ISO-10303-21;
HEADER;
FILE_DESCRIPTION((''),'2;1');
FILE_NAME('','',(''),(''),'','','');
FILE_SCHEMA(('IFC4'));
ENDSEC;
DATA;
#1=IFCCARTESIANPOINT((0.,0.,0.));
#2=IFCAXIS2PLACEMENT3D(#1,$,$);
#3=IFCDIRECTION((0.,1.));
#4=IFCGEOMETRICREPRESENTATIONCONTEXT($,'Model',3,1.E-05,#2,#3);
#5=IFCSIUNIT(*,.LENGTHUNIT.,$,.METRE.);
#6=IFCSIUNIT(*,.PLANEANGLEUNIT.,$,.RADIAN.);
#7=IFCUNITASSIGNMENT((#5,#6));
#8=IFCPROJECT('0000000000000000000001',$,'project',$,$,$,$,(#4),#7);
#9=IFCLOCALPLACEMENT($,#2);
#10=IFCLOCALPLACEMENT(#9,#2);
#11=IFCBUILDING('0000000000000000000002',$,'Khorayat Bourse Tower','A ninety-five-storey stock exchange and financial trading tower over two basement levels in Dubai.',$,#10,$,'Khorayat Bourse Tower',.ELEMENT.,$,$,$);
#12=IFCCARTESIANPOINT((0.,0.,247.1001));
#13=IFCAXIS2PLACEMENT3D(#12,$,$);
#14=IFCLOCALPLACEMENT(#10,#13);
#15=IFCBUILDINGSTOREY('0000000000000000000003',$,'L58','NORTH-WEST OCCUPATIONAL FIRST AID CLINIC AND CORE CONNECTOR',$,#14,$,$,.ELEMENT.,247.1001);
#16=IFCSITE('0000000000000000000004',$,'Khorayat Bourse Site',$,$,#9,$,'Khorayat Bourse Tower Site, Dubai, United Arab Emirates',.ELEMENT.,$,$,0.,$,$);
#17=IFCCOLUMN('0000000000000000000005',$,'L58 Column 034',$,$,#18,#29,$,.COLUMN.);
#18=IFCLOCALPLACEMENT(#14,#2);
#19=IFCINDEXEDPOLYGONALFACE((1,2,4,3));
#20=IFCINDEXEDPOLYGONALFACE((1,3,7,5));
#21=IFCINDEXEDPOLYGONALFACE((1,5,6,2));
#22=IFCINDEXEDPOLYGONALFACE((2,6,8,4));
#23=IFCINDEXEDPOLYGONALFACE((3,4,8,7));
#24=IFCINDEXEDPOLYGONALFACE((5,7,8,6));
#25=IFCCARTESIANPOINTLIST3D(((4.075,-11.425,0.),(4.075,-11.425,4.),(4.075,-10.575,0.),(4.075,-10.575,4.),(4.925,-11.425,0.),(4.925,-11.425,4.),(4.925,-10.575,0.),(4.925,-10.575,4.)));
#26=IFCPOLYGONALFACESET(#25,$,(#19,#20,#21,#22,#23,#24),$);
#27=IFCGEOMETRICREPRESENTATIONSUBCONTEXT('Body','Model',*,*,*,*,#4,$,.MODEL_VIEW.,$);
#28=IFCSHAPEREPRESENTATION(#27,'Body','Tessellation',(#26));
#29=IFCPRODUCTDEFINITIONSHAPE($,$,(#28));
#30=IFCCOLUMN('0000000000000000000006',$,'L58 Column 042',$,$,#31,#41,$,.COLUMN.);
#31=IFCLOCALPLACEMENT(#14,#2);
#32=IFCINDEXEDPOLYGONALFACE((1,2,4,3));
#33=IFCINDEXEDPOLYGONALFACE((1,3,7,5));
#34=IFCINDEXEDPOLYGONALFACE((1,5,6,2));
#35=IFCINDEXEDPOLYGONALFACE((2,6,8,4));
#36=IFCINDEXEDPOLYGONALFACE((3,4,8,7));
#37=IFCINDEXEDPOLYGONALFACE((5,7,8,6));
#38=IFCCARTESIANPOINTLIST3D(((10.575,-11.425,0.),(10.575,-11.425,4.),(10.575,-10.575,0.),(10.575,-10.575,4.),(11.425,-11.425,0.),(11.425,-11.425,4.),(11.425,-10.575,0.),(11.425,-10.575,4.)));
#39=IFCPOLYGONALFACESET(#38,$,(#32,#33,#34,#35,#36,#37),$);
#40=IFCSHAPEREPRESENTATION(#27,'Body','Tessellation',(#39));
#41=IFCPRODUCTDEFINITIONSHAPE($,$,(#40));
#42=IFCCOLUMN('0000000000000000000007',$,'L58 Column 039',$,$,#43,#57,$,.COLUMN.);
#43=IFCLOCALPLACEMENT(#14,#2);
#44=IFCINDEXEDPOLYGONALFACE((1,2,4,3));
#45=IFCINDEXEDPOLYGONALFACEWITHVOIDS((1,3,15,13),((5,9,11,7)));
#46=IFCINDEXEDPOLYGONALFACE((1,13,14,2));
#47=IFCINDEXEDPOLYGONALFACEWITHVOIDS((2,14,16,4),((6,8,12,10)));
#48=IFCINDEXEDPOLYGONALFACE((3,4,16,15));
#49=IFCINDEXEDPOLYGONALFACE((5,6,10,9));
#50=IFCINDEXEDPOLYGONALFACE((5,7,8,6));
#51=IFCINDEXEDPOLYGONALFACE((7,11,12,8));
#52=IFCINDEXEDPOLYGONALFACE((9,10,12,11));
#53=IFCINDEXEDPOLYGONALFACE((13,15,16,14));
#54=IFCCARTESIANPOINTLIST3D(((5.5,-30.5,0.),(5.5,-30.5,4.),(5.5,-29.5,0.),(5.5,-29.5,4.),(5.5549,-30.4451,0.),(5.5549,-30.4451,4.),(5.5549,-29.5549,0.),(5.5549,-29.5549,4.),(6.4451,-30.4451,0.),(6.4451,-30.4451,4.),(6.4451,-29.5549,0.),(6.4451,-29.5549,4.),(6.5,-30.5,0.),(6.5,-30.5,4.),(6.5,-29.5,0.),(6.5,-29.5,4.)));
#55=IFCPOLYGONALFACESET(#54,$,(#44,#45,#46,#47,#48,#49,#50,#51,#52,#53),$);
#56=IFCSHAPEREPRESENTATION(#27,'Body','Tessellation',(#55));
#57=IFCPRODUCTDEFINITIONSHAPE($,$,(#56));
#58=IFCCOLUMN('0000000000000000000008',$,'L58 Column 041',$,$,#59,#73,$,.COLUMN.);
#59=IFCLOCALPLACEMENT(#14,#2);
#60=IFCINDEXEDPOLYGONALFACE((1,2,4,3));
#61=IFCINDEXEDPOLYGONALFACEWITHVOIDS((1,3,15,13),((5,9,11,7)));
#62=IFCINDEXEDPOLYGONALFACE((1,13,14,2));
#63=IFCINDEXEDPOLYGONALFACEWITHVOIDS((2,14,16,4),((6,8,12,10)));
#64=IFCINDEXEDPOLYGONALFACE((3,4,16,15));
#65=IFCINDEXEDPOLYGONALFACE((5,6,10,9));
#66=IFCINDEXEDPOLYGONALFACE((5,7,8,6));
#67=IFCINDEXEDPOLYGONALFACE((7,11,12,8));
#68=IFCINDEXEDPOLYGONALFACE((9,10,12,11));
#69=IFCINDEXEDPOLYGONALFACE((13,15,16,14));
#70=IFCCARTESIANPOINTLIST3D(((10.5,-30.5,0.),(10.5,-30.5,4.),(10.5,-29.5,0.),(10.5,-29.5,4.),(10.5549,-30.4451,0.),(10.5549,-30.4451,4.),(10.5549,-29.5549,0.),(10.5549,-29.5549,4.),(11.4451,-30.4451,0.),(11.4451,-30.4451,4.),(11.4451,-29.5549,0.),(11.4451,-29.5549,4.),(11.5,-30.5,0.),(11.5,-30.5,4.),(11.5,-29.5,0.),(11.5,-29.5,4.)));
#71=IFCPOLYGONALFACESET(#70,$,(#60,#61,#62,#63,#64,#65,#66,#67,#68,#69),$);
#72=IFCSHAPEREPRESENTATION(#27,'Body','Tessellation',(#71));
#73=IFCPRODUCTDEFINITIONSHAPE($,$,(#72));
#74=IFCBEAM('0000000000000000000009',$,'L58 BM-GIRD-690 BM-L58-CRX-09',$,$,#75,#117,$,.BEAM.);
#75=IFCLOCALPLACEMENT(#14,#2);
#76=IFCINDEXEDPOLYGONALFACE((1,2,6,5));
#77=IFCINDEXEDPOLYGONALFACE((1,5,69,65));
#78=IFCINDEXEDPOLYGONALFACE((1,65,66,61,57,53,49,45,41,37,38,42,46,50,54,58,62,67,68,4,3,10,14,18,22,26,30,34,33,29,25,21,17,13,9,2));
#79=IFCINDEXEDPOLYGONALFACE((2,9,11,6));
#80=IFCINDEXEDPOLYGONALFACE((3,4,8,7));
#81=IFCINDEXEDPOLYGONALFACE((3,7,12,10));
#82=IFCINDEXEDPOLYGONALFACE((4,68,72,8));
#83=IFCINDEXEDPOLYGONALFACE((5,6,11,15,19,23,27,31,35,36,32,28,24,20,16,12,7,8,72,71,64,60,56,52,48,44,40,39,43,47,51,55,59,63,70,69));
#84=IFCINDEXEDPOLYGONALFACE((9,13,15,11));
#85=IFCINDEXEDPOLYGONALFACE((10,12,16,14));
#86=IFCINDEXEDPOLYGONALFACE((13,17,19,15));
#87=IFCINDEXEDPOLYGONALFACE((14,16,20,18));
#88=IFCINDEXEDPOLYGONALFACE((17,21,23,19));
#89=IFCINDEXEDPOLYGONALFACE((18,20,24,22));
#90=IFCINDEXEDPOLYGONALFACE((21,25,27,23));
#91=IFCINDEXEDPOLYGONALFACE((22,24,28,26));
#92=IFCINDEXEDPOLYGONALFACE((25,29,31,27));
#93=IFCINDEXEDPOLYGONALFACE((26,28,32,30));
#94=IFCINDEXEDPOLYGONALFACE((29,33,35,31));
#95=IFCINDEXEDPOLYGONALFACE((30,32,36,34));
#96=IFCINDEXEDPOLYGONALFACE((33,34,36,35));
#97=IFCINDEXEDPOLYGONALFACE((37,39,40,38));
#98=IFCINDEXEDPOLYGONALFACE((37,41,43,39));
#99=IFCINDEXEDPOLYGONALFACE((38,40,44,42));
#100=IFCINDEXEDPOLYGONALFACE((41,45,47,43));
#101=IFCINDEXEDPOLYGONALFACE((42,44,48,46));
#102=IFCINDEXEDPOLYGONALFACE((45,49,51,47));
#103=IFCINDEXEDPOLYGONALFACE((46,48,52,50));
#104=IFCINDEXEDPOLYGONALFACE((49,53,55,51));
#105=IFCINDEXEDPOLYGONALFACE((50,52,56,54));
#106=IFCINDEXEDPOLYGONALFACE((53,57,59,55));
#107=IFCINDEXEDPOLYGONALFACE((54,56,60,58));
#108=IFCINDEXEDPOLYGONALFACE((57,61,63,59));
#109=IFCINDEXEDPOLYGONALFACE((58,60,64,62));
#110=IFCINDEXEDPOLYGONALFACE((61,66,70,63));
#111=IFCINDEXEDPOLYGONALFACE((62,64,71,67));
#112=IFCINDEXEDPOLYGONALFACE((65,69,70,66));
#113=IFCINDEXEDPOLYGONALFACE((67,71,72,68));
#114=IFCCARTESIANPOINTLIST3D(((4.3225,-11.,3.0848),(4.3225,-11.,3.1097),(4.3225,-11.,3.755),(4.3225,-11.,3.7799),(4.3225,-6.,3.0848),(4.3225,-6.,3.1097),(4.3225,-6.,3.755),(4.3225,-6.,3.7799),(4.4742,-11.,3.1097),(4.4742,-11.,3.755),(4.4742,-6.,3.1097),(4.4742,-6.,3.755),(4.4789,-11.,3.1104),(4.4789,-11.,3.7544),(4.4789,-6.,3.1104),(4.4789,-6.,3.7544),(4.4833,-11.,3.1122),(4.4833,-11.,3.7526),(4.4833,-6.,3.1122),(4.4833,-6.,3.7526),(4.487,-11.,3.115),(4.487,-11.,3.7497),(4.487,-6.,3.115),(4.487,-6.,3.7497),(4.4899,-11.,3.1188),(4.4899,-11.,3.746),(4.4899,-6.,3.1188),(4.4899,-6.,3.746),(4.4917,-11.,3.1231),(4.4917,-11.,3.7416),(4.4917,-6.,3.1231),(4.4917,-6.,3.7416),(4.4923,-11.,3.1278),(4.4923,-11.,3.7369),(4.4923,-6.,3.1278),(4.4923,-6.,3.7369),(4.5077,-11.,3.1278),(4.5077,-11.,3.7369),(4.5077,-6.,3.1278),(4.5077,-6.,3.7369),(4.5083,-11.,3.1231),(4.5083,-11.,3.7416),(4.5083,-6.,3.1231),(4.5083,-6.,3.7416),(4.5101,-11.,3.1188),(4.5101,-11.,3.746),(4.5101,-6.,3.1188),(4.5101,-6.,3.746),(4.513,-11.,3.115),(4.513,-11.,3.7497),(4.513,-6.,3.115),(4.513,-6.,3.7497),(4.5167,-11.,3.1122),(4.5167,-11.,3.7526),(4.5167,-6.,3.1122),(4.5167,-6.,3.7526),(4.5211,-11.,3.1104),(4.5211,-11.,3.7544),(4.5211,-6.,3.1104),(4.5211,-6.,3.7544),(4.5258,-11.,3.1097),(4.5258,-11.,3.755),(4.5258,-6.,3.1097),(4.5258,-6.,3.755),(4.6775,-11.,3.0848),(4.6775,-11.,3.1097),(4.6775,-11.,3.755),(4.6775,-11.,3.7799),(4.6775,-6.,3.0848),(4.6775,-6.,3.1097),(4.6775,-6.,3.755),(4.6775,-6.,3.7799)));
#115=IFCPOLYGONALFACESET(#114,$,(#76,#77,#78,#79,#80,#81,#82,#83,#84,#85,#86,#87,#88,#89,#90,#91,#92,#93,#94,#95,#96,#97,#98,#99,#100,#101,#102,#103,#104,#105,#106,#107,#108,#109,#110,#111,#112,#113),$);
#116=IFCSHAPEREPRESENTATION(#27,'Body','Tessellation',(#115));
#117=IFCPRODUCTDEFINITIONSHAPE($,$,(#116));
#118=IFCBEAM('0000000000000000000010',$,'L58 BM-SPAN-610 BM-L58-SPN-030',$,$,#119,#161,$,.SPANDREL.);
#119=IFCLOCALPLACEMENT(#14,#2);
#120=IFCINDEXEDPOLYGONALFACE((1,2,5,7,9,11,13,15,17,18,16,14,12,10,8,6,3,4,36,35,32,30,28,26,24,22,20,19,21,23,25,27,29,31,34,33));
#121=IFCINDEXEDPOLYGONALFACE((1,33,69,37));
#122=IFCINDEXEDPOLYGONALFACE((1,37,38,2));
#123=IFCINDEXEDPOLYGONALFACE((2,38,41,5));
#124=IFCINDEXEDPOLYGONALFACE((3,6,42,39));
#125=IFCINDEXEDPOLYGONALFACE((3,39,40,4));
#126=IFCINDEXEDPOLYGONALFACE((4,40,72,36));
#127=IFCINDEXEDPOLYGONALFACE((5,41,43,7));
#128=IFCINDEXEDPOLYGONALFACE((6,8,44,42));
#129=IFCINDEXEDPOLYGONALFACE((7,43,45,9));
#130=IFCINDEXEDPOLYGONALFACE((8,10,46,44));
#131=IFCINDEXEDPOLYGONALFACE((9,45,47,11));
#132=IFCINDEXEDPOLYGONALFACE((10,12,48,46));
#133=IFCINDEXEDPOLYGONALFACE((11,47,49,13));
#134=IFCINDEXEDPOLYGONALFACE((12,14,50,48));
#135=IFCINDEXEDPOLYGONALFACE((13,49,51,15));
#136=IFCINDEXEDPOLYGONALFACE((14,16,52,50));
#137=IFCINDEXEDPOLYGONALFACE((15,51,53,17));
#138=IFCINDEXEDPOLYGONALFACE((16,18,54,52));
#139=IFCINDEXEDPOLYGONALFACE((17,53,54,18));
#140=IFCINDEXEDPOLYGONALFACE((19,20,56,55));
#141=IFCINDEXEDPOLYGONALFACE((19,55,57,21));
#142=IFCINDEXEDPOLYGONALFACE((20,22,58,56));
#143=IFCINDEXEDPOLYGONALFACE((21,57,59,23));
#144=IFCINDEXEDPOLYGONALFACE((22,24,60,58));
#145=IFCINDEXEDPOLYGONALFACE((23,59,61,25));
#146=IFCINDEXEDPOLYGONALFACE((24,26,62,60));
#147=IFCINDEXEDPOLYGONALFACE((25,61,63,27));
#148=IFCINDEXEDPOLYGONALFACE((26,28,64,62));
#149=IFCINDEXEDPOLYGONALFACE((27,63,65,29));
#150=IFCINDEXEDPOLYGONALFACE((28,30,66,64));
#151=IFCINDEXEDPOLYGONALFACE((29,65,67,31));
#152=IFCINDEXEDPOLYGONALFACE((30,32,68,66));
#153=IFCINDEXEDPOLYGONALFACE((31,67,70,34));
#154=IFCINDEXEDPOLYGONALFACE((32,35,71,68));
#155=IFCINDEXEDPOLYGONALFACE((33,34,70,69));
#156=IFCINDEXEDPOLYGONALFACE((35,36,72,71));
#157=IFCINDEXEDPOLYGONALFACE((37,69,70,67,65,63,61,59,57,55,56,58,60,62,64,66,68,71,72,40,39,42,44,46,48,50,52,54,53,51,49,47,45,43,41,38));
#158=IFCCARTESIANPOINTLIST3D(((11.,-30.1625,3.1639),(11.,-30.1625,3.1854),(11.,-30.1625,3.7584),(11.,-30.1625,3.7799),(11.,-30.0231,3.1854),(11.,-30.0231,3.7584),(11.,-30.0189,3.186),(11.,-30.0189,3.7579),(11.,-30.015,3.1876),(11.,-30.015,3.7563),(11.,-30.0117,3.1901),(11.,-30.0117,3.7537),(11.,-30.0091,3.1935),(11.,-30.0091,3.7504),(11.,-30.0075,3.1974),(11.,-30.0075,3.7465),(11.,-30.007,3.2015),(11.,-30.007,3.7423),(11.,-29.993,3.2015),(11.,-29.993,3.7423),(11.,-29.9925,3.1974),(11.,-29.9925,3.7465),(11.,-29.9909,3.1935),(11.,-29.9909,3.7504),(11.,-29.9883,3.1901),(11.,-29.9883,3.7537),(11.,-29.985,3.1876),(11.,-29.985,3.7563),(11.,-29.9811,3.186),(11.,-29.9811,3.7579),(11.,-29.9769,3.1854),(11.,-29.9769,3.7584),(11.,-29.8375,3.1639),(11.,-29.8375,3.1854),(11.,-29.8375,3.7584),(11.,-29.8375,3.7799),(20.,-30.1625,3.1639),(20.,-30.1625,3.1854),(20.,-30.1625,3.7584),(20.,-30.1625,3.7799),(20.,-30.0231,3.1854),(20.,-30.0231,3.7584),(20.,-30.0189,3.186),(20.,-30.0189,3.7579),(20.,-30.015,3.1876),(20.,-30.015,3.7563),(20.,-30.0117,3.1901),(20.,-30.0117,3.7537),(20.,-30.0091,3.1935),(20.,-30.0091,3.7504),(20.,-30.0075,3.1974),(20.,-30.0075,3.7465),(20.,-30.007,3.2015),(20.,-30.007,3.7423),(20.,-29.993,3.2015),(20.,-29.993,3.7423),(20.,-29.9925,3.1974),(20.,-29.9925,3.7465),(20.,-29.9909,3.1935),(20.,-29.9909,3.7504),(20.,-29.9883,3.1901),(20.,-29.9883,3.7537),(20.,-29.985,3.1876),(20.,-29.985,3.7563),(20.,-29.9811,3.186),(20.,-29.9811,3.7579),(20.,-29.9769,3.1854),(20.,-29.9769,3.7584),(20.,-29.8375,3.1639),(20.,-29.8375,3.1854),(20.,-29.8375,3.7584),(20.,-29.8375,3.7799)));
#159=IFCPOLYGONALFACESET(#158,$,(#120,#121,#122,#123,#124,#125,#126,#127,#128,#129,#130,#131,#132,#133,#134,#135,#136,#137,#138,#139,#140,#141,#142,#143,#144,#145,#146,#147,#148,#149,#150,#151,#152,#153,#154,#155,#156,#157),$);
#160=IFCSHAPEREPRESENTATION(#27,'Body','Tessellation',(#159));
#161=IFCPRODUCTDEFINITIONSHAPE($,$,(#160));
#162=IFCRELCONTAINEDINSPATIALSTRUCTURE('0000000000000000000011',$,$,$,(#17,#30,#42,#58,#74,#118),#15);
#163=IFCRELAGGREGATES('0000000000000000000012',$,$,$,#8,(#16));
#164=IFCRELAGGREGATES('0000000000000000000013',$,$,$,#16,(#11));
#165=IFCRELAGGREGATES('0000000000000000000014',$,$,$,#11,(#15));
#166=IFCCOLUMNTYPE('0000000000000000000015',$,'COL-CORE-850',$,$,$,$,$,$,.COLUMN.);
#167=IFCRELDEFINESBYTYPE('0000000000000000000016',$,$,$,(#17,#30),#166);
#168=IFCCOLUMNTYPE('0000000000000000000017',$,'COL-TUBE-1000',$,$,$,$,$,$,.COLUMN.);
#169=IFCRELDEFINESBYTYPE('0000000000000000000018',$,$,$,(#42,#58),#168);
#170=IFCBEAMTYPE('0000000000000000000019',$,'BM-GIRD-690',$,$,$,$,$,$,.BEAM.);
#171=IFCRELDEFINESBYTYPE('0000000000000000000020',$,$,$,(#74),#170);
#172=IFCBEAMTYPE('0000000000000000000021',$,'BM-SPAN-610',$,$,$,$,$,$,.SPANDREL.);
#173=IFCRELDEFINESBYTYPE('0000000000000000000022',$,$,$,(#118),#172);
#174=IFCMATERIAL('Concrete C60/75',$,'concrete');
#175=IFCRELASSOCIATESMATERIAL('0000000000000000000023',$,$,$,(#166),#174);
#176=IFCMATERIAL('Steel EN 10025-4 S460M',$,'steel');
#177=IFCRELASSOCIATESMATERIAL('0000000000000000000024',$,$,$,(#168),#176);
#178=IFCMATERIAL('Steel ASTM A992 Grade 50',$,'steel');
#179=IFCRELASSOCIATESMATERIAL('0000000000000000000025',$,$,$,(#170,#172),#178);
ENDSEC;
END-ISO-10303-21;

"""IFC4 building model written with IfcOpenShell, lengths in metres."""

from ifc_helpers import new_model, si_unit, direction, frame, origin, origin_2d, place, context, subcontext, project, spatial, rectangle, hollow_rectangle, i_section, extrude, source, transform, mapped, material, material_profile, profile_set, type_object, element, save


model = new_model("IFC4")

# Units and contexts
model_context = context("Model", 3, precision=1e-05, world=origin(), true_north=direction((0.0, 1.0)))
body_context = subcontext(model_context, "Body", "Model", "MODEL_VIEW")
ifc_project = project(units=[si_unit("LENGTHUNIT", "METRE"), si_unit("PLANEANGLEUNIT", "RADIAN")], contexts=[model_context])

# Site, building, storey
site_placement = place(None, origin())
site = spatial("IfcSite", under=ifc_project, at=site_placement, Name="Khorayat Bourse Site", LongName="Khorayat Bourse Tower Site, Dubai, United Arab Emirates", CompositionType="ELEMENT", RefElevation=0.0)
building_placement = place(site_placement, origin())
building = spatial("IfcBuilding", under=site, at=building_placement, Name="Khorayat Bourse Tower", Description="A ninety-five-storey stock exchange and financial trading tower over two basement levels in Dubai.", LongName="Khorayat Bourse Tower", CompositionType="ELEMENT")
storey_placement = place(building_placement, frame((0.0, 0.0, 247.1001)))
storey = spatial("IfcBuildingStorey", under=building, at=storey_placement, Name="L58", Description="NORTH-WEST OCCUPATIONAL FIRST AID CLINIC AND CORE CONNECTOR", CompositionType="ELEMENT", Elevation=247.1001)

# Columns
ifc_material_1 = material(Name="Concrete C60/75", Category="concrete")
ifc_material_profile_1 = material_profile(ifc_material_1, rectangle(XDim=0.8501, YDim=0.8501, at=origin_2d()), Name="RC 850x850")
ifc_profile_set_1 = profile_set([ifc_material_profile_1], Name="Concrete C60/75")
column_type_1 = type_object("IfcColumnType", Name="COL-CORE-850", PredefinedType="COLUMN", material=ifc_profile_set_1)
shared_shape_1 = source(origin(), body_context, "Body", "SweptSolid", [
    extrude(rectangle(XDim=0.8501, YDim=0.8501, at=origin_2d()), origin(), (0.0, 0.0, 1.0), 4.0),
])
for number, where, z_axis, x_axis, name in (
    (1, (4.5, -11.0, 0.0), (0.0, 0.0, 1.0), (1.0, 0.0, 0.0), "L58 Column 034"),
    (2, (11.0, -11.0, 0.0), (0.0, 0.0, 1.0), (1.0, 0.0, 0.0), "L58 Column 042"),
):
    element("IfcColumn", number, at=place(storey_placement, frame(where, z_axis=z_axis, x_axis=x_axis)), inside=storey, type_object=column_type_1, Name=name, PredefinedType="COLUMN", context=body_context, shape_type="MappedRepresentation", body=[
        mapped(shared_shape_1, transform((0.0, 0.0, 0.0), scale=1.0)),
    ])
ifc_material_2 = material(Name="Steel EN 10025-4 S460M", Category="steel")
ifc_material_profile_2 = material_profile(ifc_material_2, hollow_rectangle(XDim=1.0, YDim=1.0, WallThickness=0.0549, at=origin_2d()), Name="BOX 1000x1000x55")
ifc_profile_set_2 = profile_set([ifc_material_profile_2], Name="Steel EN 10025-4 S460M")
column_type_2 = type_object("IfcColumnType", Name="COL-TUBE-1000", PredefinedType="COLUMN", material=ifc_profile_set_2)
shared_shape_2 = source(origin(), body_context, "Body", "SweptSolid", [
    extrude(hollow_rectangle(XDim=1.0, YDim=1.0, WallThickness=0.0549, at=origin_2d()), origin(), (0.0, 0.0, 1.0), 4.0),
])
for number, where, z_axis, x_axis, name in (
    (3, (6.0, -30.0, 0.0), (0.0, 0.0, 1.0), (1.0, 0.0, 0.0), "L58 Column 039"),
    (4, (11.0, -30.0, 0.0), (0.0, 0.0, 1.0), (1.0, 0.0, 0.0), "L58 Column 041"),
):
    element("IfcColumn", number, at=place(storey_placement, frame(where, z_axis=z_axis, x_axis=x_axis)), inside=storey, type_object=column_type_2, Name=name, PredefinedType="COLUMN", context=body_context, shape_type="MappedRepresentation", body=[
        mapped(shared_shape_2, transform((0.0, 0.0, 0.0), scale=1.0)),
    ])

# Beams
ifc_material_3 = material(Name="Steel ASTM A992 Grade 50", Category="steel")
ifc_material_profile_3 = material_profile(ifc_material_3, i_section(OverallWidth=0.355, OverallDepth=0.6951, WebThickness=0.0154, FlangeThickness=0.0249, FilletRadius=0.0181, at=origin_2d()), Name="W690X217")
ifc_profile_set_3 = profile_set([ifc_material_profile_3], Name="Steel ASTM A992 Grade 50")
beam_type_1 = type_object("IfcBeamType", Name="BM-GIRD-690", PredefinedType="BEAM", material=ifc_profile_set_3)
shared_shape_3 = source(origin(), body_context, "Body", "SweptSolid", [
    extrude(i_section(OverallWidth=0.355, OverallDepth=0.6951, WebThickness=0.0154, FlangeThickness=0.0249, FilletRadius=0.0181, at=origin_2d()), origin(), (0.0, 0.0, 1.0), 5.0),
])
beam_1_placement = place(storey_placement, frame((4.5, -11.0, 3.4324), z_axis=(0.0, 1.0, 0.0), x_axis=(-1.0, 0.0, 0.0)))
element("IfcBeam", 5, at=beam_1_placement, inside=storey, type_object=beam_type_1, Name="L58 BM-GIRD-690 BM-L58-CRX-09", PredefinedType="BEAM", context=body_context, shape_type="MappedRepresentation", body=[
    mapped(shared_shape_3, transform((0.0, 0.0, 0.0), scale=1.0)),
])
ifc_material_profile_4 = material_profile(ifc_material_3, i_section(OverallWidth=0.325, OverallDepth=0.616, WebThickness=0.0139, FlangeThickness=0.0215, FilletRadius=0.0161, at=origin_2d()), Name="W610X174")
ifc_profile_set_4 = profile_set([ifc_material_profile_4], Name="Steel ASTM A992 Grade 50")
beam_type_2 = type_object("IfcBeamType", Name="BM-SPAN-610", PredefinedType="SPANDREL", material=ifc_profile_set_4)
shared_shape_4 = source(origin(), body_context, "Body", "SweptSolid", [
    extrude(i_section(OverallWidth=0.325, OverallDepth=0.616, WebThickness=0.0139, FlangeThickness=0.0215, FilletRadius=0.0161, at=origin_2d()), origin(), (0.0, 0.0, 1.0), 9.0),
])
beam_2_placement = place(storey_placement, frame((11.0, -30.0, 3.4719), z_axis=(1.0, 0.0, 0.0), x_axis=(0.0, 1.0, 0.0)))
element("IfcBeam", 6, at=beam_2_placement, inside=storey, type_object=beam_type_2, Name="L58 BM-SPAN-610 BM-L58-SPN-030", PredefinedType="SPANDREL", context=body_context, shape_type="MappedRepresentation", body=[
    mapped(shared_shape_4, transform((0.0, 0.0, 0.0), scale=1.0)),
])

save(model, "model.ifc")
